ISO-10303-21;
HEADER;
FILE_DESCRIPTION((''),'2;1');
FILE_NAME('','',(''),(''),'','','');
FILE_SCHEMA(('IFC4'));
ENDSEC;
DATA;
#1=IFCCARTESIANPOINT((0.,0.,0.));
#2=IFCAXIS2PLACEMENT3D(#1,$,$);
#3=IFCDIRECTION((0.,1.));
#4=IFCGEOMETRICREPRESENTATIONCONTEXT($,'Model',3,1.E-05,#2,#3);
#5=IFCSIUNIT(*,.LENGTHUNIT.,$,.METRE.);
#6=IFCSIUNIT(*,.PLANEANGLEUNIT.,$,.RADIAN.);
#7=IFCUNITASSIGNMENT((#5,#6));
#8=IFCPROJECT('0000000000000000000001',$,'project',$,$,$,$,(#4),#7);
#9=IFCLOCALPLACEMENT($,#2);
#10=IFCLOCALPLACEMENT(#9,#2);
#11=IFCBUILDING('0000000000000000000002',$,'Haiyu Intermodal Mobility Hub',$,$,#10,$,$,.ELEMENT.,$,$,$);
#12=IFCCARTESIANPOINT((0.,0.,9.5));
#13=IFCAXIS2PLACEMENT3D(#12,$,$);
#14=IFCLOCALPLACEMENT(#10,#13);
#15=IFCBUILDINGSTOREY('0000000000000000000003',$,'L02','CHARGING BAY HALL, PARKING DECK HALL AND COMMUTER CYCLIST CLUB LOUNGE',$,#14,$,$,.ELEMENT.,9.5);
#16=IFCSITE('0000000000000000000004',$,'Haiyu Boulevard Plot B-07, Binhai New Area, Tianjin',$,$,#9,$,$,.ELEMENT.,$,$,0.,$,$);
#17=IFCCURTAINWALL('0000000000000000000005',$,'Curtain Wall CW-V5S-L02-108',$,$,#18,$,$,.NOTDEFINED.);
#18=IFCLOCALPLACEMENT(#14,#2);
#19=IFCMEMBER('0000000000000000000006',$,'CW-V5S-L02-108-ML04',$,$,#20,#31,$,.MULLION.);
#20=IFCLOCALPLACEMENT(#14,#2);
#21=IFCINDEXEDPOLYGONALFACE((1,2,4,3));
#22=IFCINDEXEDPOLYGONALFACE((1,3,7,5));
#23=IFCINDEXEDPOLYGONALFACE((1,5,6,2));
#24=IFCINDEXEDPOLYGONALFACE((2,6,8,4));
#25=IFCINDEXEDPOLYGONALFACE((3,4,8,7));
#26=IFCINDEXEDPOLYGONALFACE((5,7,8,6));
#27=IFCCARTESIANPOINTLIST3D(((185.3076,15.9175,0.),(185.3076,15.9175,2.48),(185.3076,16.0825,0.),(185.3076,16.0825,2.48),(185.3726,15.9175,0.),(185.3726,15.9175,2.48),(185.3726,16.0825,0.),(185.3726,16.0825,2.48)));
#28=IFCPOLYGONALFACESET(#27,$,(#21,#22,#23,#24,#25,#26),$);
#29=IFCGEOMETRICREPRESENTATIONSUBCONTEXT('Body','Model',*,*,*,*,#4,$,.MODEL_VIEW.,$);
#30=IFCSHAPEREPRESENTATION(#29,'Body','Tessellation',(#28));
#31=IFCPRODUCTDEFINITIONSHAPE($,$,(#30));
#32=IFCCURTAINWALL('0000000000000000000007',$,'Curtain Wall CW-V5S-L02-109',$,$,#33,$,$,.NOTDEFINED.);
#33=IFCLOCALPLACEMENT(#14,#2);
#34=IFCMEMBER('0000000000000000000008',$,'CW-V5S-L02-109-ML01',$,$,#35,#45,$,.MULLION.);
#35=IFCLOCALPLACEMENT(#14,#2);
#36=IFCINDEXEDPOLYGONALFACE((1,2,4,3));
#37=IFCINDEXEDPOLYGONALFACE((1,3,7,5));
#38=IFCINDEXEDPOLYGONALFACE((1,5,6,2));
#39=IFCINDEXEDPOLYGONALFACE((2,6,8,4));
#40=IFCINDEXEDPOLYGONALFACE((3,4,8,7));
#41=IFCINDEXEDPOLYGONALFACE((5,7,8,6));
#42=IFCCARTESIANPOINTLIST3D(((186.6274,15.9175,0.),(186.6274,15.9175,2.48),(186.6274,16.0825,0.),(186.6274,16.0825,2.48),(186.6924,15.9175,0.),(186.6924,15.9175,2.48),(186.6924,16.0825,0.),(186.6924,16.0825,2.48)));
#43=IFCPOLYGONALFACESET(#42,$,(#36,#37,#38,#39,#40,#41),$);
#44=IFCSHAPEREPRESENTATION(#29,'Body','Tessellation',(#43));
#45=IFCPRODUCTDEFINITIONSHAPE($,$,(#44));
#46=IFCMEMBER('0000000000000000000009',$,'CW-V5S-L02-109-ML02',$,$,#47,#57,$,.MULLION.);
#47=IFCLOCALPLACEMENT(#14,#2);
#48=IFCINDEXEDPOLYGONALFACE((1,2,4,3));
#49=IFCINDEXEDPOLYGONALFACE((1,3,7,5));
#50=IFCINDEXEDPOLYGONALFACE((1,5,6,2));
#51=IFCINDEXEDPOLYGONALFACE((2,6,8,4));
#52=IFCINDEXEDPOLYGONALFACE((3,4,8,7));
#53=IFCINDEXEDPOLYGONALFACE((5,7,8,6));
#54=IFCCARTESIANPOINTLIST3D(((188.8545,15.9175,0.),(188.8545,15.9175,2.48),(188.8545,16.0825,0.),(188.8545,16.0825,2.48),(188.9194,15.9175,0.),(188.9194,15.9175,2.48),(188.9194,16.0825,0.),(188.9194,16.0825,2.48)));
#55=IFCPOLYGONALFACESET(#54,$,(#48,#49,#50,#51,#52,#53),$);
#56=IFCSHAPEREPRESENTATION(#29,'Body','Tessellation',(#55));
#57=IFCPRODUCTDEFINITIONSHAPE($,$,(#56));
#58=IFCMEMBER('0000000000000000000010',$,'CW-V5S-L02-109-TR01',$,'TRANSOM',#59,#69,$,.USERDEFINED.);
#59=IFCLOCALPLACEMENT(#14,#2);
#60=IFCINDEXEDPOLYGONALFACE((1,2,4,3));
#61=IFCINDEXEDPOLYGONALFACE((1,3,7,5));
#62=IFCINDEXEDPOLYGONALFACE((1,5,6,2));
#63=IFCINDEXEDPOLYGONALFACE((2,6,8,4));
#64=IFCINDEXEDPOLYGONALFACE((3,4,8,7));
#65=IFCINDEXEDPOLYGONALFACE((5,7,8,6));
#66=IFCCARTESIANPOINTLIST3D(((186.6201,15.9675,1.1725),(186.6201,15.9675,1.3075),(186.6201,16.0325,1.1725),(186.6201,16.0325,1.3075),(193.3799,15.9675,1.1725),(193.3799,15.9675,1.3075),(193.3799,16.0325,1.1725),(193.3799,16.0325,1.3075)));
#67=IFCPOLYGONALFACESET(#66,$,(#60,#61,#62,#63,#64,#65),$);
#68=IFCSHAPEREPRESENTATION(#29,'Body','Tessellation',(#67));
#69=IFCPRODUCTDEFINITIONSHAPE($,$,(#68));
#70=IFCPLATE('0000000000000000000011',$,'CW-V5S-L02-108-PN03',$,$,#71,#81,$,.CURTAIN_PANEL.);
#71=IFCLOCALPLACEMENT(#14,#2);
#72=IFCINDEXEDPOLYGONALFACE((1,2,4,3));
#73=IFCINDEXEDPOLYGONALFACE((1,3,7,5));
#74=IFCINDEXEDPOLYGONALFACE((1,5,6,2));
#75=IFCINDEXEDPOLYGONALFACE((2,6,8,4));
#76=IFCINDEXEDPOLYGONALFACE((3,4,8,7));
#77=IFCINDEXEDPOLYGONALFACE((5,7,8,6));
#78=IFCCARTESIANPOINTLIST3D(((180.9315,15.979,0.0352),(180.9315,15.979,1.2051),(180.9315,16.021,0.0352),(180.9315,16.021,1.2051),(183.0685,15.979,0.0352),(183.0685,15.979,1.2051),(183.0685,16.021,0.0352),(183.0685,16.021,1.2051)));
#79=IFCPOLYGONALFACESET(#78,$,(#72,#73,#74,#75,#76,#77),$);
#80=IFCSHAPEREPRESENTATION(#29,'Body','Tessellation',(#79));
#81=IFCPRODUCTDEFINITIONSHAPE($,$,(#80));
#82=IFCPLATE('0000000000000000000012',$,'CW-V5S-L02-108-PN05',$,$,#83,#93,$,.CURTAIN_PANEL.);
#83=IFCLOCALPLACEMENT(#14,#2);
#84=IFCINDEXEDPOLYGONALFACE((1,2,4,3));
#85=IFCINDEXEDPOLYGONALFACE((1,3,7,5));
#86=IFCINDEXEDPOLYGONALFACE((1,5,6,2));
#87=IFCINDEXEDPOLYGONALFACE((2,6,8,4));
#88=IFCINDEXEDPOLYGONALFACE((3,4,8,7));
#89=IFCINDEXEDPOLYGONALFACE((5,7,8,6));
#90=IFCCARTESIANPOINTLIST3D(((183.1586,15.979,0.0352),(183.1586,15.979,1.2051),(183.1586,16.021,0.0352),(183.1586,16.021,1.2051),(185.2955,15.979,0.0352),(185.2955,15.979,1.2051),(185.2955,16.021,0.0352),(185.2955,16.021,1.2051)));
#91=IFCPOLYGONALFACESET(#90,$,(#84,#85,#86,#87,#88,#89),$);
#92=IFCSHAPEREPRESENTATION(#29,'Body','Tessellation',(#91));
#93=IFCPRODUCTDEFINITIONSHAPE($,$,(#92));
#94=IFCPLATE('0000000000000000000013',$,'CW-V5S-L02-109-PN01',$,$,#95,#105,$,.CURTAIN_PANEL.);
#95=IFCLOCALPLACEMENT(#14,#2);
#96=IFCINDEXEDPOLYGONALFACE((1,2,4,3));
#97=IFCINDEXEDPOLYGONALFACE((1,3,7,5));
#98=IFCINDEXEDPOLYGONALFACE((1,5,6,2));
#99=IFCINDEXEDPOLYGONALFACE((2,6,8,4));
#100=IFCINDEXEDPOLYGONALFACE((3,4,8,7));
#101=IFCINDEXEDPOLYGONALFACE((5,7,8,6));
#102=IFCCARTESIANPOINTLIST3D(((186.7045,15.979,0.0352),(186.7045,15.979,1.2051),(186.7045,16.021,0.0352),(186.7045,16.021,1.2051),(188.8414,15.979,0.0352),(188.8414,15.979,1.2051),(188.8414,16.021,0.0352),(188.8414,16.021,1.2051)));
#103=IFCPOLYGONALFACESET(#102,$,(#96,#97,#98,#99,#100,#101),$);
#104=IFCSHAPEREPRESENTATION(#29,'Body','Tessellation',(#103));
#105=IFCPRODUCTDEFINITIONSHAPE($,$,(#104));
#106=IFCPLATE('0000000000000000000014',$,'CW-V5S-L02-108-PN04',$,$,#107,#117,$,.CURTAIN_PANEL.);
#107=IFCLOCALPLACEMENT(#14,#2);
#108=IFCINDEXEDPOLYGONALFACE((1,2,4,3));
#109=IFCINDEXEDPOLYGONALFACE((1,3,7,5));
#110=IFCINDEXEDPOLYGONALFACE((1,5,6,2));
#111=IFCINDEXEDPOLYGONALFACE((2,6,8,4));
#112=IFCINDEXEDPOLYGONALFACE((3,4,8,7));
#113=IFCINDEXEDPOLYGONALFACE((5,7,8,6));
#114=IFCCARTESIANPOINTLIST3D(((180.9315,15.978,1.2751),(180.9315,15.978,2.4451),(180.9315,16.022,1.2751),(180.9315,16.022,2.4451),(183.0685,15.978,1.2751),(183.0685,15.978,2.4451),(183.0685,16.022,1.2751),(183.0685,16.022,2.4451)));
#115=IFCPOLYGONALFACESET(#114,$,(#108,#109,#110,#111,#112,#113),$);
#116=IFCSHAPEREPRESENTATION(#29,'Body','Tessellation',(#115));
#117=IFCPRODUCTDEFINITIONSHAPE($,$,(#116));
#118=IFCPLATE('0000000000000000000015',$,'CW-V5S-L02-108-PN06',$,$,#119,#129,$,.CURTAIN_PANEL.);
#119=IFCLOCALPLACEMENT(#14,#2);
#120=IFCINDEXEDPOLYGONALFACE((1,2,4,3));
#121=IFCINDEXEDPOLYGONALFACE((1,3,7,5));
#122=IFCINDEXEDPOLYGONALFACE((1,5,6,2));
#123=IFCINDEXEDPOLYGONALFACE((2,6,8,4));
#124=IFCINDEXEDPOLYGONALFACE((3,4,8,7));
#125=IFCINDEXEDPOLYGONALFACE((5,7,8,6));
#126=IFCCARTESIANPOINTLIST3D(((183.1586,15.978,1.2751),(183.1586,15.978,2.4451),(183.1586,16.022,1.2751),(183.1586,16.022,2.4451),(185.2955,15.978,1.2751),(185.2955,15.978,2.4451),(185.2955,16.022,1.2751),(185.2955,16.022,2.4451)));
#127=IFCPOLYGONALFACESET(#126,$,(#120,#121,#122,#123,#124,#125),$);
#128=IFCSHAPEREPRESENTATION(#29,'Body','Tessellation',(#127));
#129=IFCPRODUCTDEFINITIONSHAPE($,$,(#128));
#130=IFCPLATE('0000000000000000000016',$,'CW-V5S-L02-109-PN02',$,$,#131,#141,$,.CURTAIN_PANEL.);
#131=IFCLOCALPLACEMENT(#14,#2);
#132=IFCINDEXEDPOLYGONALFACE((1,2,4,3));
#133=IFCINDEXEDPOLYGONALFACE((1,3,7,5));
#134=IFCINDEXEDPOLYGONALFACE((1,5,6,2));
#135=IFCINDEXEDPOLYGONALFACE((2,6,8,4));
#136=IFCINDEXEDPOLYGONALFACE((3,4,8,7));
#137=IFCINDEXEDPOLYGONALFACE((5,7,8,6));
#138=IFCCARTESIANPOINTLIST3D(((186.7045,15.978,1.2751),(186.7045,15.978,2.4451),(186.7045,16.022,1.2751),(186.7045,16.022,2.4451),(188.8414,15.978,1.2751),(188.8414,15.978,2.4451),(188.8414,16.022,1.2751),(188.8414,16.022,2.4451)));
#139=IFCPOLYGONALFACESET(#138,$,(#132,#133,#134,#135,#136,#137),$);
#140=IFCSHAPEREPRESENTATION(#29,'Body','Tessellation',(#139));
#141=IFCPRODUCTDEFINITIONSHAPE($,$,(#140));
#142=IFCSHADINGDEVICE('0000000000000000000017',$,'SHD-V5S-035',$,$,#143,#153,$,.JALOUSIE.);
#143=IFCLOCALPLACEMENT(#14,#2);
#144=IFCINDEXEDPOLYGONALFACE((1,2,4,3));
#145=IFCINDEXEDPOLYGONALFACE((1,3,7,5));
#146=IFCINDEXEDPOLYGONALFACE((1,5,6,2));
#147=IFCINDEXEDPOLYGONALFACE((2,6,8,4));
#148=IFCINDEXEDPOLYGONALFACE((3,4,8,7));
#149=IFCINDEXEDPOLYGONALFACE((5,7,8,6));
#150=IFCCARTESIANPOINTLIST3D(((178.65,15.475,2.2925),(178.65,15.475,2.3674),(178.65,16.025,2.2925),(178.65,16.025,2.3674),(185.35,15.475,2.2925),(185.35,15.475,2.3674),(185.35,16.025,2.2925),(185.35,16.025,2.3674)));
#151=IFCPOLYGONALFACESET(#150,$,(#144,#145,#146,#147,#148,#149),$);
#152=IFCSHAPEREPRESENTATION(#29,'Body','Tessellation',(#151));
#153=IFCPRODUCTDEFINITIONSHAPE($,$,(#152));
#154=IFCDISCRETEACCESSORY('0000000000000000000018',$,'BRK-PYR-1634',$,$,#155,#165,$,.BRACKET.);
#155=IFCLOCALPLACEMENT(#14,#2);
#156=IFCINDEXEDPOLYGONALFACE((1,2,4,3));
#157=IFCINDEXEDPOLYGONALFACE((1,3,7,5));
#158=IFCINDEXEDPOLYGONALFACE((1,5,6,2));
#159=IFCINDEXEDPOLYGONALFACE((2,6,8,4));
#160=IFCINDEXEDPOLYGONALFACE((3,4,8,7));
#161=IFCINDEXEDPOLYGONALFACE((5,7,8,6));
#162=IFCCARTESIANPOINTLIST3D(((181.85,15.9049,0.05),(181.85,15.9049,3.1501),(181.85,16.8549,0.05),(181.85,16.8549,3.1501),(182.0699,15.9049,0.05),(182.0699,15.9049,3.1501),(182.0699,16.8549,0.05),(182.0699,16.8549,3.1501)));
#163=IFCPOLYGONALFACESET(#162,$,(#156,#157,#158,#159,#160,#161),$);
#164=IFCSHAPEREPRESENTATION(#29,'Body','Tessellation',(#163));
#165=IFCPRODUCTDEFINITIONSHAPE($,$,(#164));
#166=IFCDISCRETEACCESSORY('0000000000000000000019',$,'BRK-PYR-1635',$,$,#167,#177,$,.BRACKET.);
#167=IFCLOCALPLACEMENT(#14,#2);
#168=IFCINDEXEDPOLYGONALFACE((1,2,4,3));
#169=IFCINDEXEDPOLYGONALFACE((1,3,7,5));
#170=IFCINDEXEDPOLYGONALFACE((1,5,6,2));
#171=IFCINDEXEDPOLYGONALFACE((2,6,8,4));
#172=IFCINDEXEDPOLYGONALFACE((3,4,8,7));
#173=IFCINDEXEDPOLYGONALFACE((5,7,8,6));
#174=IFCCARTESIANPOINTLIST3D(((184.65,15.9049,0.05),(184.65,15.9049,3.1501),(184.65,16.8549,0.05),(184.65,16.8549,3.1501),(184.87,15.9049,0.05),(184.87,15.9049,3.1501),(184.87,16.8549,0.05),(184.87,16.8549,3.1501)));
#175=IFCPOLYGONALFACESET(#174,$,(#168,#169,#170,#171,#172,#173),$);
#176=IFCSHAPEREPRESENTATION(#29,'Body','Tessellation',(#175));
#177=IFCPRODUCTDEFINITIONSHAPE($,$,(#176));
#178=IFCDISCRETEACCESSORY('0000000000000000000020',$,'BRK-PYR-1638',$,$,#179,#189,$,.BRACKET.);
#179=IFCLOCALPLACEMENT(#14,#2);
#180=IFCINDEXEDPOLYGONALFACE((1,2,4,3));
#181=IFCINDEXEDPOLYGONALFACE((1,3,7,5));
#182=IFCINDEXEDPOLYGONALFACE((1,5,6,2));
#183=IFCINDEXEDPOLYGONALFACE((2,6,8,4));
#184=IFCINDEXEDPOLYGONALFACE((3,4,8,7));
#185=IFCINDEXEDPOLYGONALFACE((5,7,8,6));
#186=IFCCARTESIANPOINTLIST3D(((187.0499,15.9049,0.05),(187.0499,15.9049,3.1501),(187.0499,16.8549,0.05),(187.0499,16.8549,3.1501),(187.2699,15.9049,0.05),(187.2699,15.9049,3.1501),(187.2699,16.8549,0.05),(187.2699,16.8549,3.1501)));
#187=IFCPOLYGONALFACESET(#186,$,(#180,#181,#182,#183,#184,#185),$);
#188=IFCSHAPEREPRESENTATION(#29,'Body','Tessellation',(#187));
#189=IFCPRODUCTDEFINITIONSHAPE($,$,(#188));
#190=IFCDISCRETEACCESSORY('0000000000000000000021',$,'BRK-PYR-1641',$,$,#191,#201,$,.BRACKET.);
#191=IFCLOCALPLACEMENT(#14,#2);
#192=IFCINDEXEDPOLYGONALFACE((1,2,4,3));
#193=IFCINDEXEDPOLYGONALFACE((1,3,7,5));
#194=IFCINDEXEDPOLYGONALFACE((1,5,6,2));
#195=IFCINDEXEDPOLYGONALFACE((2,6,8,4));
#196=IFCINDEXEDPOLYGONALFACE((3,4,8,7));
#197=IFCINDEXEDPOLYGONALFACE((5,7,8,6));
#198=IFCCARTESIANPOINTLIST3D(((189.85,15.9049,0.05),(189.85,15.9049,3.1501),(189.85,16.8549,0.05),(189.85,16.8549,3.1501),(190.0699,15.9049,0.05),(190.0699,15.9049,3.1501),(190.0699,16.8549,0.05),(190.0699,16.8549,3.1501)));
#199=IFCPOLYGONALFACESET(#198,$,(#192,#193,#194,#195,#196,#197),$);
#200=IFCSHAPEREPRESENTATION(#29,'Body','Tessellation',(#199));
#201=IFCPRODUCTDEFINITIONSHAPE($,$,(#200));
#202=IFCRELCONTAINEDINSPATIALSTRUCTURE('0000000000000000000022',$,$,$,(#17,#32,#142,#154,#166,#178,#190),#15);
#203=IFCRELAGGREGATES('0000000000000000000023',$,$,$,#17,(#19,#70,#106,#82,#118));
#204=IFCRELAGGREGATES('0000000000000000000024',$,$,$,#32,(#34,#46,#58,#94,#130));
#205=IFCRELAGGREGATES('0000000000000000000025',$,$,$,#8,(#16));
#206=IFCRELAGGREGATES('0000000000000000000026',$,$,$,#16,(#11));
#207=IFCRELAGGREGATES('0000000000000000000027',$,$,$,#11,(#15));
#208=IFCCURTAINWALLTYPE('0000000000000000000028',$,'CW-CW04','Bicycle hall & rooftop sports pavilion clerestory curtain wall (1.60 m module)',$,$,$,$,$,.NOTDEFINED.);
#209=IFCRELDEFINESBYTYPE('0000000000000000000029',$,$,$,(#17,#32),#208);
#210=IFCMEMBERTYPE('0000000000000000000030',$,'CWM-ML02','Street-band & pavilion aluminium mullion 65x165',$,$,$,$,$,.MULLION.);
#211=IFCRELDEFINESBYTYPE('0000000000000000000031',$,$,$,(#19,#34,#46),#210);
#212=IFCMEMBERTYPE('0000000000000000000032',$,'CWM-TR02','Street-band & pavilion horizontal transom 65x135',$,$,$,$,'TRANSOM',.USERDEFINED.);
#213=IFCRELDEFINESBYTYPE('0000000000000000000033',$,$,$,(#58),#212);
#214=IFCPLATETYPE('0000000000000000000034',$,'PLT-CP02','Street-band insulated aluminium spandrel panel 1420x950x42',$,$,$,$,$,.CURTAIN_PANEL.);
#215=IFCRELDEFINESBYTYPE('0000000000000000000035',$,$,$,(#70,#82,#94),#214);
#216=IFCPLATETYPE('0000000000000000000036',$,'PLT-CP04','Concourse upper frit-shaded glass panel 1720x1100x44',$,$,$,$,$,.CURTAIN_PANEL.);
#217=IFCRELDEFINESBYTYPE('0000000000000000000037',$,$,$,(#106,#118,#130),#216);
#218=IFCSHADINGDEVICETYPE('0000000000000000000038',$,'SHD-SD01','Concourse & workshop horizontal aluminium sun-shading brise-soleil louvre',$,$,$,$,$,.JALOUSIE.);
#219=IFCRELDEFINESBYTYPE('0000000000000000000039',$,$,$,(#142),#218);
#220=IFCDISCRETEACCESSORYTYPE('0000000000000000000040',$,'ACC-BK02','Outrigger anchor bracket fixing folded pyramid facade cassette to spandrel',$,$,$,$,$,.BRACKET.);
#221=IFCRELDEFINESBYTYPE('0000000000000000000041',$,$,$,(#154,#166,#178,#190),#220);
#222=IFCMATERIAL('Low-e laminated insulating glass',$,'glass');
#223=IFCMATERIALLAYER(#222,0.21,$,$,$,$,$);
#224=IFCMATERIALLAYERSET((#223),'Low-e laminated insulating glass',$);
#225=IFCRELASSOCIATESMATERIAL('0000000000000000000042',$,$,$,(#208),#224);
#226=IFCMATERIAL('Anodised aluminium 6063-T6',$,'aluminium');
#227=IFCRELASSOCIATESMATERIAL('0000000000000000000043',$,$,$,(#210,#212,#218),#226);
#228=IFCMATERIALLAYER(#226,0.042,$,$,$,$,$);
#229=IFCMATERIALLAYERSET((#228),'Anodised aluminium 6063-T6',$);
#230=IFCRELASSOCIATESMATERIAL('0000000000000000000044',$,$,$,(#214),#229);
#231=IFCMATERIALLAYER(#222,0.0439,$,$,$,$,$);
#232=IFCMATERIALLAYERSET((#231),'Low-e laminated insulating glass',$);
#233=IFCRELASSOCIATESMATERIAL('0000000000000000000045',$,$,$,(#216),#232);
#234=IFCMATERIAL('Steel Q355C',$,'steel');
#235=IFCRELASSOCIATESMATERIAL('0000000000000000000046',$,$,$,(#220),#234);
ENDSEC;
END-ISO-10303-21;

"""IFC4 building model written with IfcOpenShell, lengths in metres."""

from ifc_helpers import new_model, si_unit, direction, frame, origin, origin_2d, place, context, subcontext, project, spatial, rectangle, extrude, material, layer, layer_set, material_profile, profile_set, type_object, element, aggregate, save


model = new_model("IFC4")

# Units and contexts
model_context = context("Model", 3, precision=1e-05, world=origin(), true_north=direction((0.0, 1.0)))
body_context = subcontext(model_context, "Body", "Model", "MODEL_VIEW")
ifc_project = project(units=[si_unit("LENGTHUNIT", "METRE"), si_unit("PLANEANGLEUNIT", "RADIAN")], contexts=[model_context])

# Site, building, storey
site_placement = place(None, origin())
site = spatial("IfcSite", under=ifc_project, at=site_placement, Name="Haiyu Boulevard Plot B-07, Binhai New Area, Tianjin", CompositionType="ELEMENT", RefElevation=0.0)
building_placement = place(site_placement, origin())
building = spatial("IfcBuilding", under=site, at=building_placement, Name="Haiyu Intermodal Mobility Hub", CompositionType="ELEMENT")
storey_placement = place(building_placement, frame((0.0, 0.0, 9.5)))
storey = spatial("IfcBuildingStorey", under=building, at=storey_placement, Name="L02", Description="CHARGING BAY HALL, PARKING DECK HALL AND COMMUTER CYCLIST CLUB LOUNGE", CompositionType="ELEMENT", Elevation=9.5)

# Curtain walls, members
ifc_material_1 = material(Name="Low-e laminated insulating glass", Category="glass")
ifc_layer_1 = layer(ifc_material_1, 0.21)
ifc_layer_set_1 = layer_set([ifc_layer_1], Name="Low-e laminated insulating glass")
curtain_wall_type = type_object("IfcCurtainWallType", Name="CW-CW04", Description="Bicycle hall & rooftop sports pavilion clerestory curtain wall (1.60 m module)", PredefinedType="NOTDEFINED", material=ifc_layer_set_1)
curtain_wall_1_placement = place(storey_placement, origin())
curtain_wall_1 = element("IfcCurtainWall", 1, at=curtain_wall_1_placement, inside=storey, type_object=curtain_wall_type, Name="Curtain Wall CW-V5S-L02-108", PredefinedType="NOTDEFINED")
ifc_material_2 = material(Name="Anodised aluminium 6063-T6", Category="aluminium")
ifc_material_profile_1 = material_profile(ifc_material_2, rectangle(XDim=0.0649, YDim=0.165, at=origin_2d()), Name="ALU65x165")
ifc_profile_set_1 = profile_set([ifc_material_profile_1], Name="Anodised aluminium 6063-T6")
member_type_1 = type_object("IfcMemberType", Name="CWM-ML02", Description="Street-band & pavilion aluminium mullion 65x165", PredefinedType="MULLION", material=ifc_profile_set_1)
member_1_placement = place(storey_placement, frame((185.3401, 16.0, 0.0), z_axis=(0.0, 0.0, 1.0), x_axis=(1.0, 0.0, 0.0)))
member_1 = element("IfcMember", 2, at=member_1_placement, type_object=member_type_1, Name="CW-V5S-L02-108-ML04", PredefinedType="MULLION", context=body_context, shape_type="SweptSolid", body=[
    extrude(rectangle(XDim=0.0649, YDim=0.165, at=origin_2d()), origin(), (0.0, 0.0, 1.0), 2.48),
])
curtain_wall_2_placement = place(storey_placement, origin())
curtain_wall_2 = element("IfcCurtainWall", 3, at=curtain_wall_2_placement, inside=storey, type_object=curtain_wall_type, Name="Curtain Wall CW-V5S-L02-109", PredefinedType="NOTDEFINED")
member_2_placement = place(storey_placement, frame((186.6599, 16.0, 0.0), z_axis=(0.0, 0.0, 1.0), x_axis=(1.0, 0.0, 0.0)))
member_2 = element("IfcMember", 4, at=member_2_placement, type_object=member_type_1, Name="CW-V5S-L02-109-ML01", PredefinedType="MULLION", context=body_context, shape_type="SweptSolid", body=[
    extrude(rectangle(XDim=0.0649, YDim=0.165, at=origin_2d()), origin(), (0.0, 0.0, 1.0), 2.48),
])
member_3_placement = place(storey_placement, frame((188.887, 16.0, 0.0), z_axis=(0.0, 0.0, 1.0), x_axis=(1.0, 0.0, 0.0)))
member_3 = element("IfcMember", 5, at=member_3_placement, type_object=member_type_1, Name="CW-V5S-L02-109-ML02", PredefinedType="MULLION", context=body_context, shape_type="SweptSolid", body=[
    extrude(rectangle(XDim=0.0649, YDim=0.165, at=origin_2d()), origin(), (0.0, 0.0, 1.0), 2.48),
])
ifc_material_profile_2 = material_profile(ifc_material_2, rectangle(XDim=0.0649, YDim=0.135, at=origin_2d()), Name="ALU65x135")
ifc_profile_set_2 = profile_set([ifc_material_profile_2], Name="Anodised aluminium 6063-T6")
member_type_2 = type_object("IfcMemberType", Name="CWM-TR02", Description="Street-band & pavilion horizontal transom 65x135", ElementType="TRANSOM", PredefinedType="USERDEFINED", material=ifc_profile_set_2)
member_4_placement = place(storey_placement, frame((186.6201, 16.0, 1.24), z_axis=(1.0, 0.0, 0.0), x_axis=(0.0, 1.0, 0.0)))
member_4 = element("IfcMember", 6, at=member_4_placement, type_object=member_type_2, Name="CW-V5S-L02-109-TR01", ObjectType="TRANSOM", PredefinedType="USERDEFINED", context=body_context, shape_type="SweptSolid", body=[
    extrude(rectangle(XDim=0.0649, YDim=0.135, at=origin_2d()), origin(), (0.0, 0.0, 1.0), 6.7598),
])

# Plates
ifc_layer_2 = layer(ifc_material_2, 0.042)
ifc_layer_set_2 = layer_set([ifc_layer_2], Name="Anodised aluminium 6063-T6")
plate_type_1 = type_object("IfcPlateType", Name="PLT-CP02", Description="Street-band insulated aluminium spandrel panel 1420x950x42", PredefinedType="CURTAIN_PANEL", material=ifc_layer_set_2)
plate_1_placement = place(storey_placement, frame((182.0, 16.0, 0.0352), z_axis=(0.0, 0.0, 1.0), x_axis=(1.0, 0.0, 0.0)))
plate_1 = element("IfcPlate", 7, at=plate_1_placement, type_object=plate_type_1, Name="CW-V5S-L02-108-PN03", PredefinedType="CURTAIN_PANEL", context=body_context, shape_type="SweptSolid", body=[
    extrude(rectangle(XDim=2.137, YDim=0.042, at=origin_2d()), origin(), (0.0, 0.0, 1.0), 1.1699),
])
plate_2_placement = place(storey_placement, frame((184.2271, 16.0, 0.0352), z_axis=(0.0, 0.0, 1.0), x_axis=(1.0, 0.0, 0.0)))
plate_2 = element("IfcPlate", 8, at=plate_2_placement, type_object=plate_type_1, Name="CW-V5S-L02-108-PN05", PredefinedType="CURTAIN_PANEL", context=body_context, shape_type="SweptSolid", body=[
    extrude(rectangle(XDim=2.137, YDim=0.042, at=origin_2d()), origin(), (0.0, 0.0, 1.0), 1.1699),
])
plate_3_placement = place(storey_placement, frame((187.7729, 16.0, 0.0352), z_axis=(0.0, 0.0, 1.0), x_axis=(1.0, 0.0, 0.0)))
plate_3 = element("IfcPlate", 9, at=plate_3_placement, type_object=plate_type_1, Name="CW-V5S-L02-109-PN01", PredefinedType="CURTAIN_PANEL", context=body_context, shape_type="SweptSolid", body=[
    extrude(rectangle(XDim=2.137, YDim=0.042, at=origin_2d()), origin(), (0.0, 0.0, 1.0), 1.1699),
])
ifc_layer_3 = layer(ifc_material_1, 0.0439)
ifc_layer_set_3 = layer_set([ifc_layer_3], Name="Low-e laminated insulating glass")
plate_type_2 = type_object("IfcPlateType", Name="PLT-CP04", Description="Concourse upper frit-shaded glass panel 1720x1100x44", PredefinedType="CURTAIN_PANEL", material=ifc_layer_set_3)
plate_4_placement = place(storey_placement, frame((182.0, 16.0, 1.2751), z_axis=(0.0, 0.0, 1.0), x_axis=(1.0, 0.0, 0.0)))
plate_4 = element("IfcPlate", 10, at=plate_4_placement, type_object=plate_type_2, Name="CW-V5S-L02-108-PN04", PredefinedType="CURTAIN_PANEL", context=body_context, shape_type="SweptSolid", body=[
    extrude(rectangle(XDim=2.137, YDim=0.0439, at=origin_2d()), origin(), (0.0, 0.0, 1.0), 1.1699),
])
plate_5_placement = place(storey_placement, frame((184.2271, 16.0, 1.2751), z_axis=(0.0, 0.0, 1.0), x_axis=(1.0, 0.0, 0.0)))
plate_5 = element("IfcPlate", 11, at=plate_5_placement, type_object=plate_type_2, Name="CW-V5S-L02-108-PN06", PredefinedType="CURTAIN_PANEL", context=body_context, shape_type="SweptSolid", body=[
    extrude(rectangle(XDim=2.137, YDim=0.0439, at=origin_2d()), origin(), (0.0, 0.0, 1.0), 1.1699),
])
aggregate(curtain_wall_1, [member_1, plate_1, plate_4, plate_2, plate_5])
plate_6_placement = place(storey_placement, frame((187.7729, 16.0, 1.2751), z_axis=(0.0, 0.0, 1.0), x_axis=(1.0, 0.0, 0.0)))
plate_6 = element("IfcPlate", 12, at=plate_6_placement, type_object=plate_type_2, Name="CW-V5S-L02-109-PN02", PredefinedType="CURTAIN_PANEL", context=body_context, shape_type="SweptSolid", body=[
    extrude(rectangle(XDim=2.137, YDim=0.0439, at=origin_2d()), origin(), (0.0, 0.0, 1.0), 1.1699),
])
aggregate(curtain_wall_2, [member_2, member_3, member_4, plate_3, plate_6])

# Shading device
ifc_material_profile_3 = material_profile(ifc_material_2, rectangle(XDim=0.0801, YDim=0.45, at=origin_2d()), Name="FIN80x450")
ifc_profile_set_3 = profile_set([ifc_material_profile_3], Name="Anodised aluminium 6063-T6")
shading_device_type = type_object("IfcShadingDeviceType", Name="SHD-SD01", Description="Concourse & workshop horizontal aluminium sun-shading brise-soleil louvre", PredefinedType="JALOUSIE", material=ifc_profile_set_3)
shading_device_placement = place(storey_placement, frame((182.0, 15.75, 2.2925), z_axis=(0.0, 0.0, 1.0), x_axis=(1.0, 0.0, 0.0)))
element("IfcShadingDevice", 13, at=shading_device_placement, inside=storey, type_object=shading_device_type, Name="SHD-V5S-035", PredefinedType="JALOUSIE", context=body_context, shape_type="SweptSolid", body=[
    extrude(rectangle(XDim=6.7, YDim=0.55, at=origin_2d()), origin(), (0.0, 0.0, 1.0), 0.075),
])

# Discrete accessories
ifc_material_3 = material(Name="Steel Q355C", Category="steel")
discrete_accessory_type = type_object("IfcDiscreteAccessoryType", Name="ACC-BK02", Description="Outrigger anchor bracket fixing folded pyramid facade cassette to spandrel", PredefinedType="BRACKET", material=ifc_material_3)
for number, where, z_axis, x_axis, name in (
    (14, (181.96, 16.3799, 0.05), (0.0, 0.0, 1.0), (1.0, 0.0, 0.0), "BRK-PYR-1634"),
    (15, (184.76, 16.3799, 0.05), (0.0, 0.0, 1.0), (1.0, 0.0, 0.0), "BRK-PYR-1635"),
    (16, (187.1599, 16.3799, 0.05), (0.0, 0.0, 1.0), (1.0, 0.0, 0.0), "BRK-PYR-1638"),
    (17, (189.96, 16.3799, 0.05), (0.0, 0.0, 1.0), (1.0, 0.0, 0.0), "BRK-PYR-1641"),
):
    element("IfcDiscreteAccessory", number, at=place(storey_placement, frame(where, z_axis=z_axis, x_axis=x_axis)), inside=storey, type_object=discrete_accessory_type, Name=name, PredefinedType="BRACKET", context=body_context, shape_type="SweptSolid", body=[
        extrude(rectangle(XDim=0.22, YDim=0.95, at=origin_2d()), origin(), (0.0, 0.0, 1.0), 3.1001),
    ])

save(model, "model.ifc")
